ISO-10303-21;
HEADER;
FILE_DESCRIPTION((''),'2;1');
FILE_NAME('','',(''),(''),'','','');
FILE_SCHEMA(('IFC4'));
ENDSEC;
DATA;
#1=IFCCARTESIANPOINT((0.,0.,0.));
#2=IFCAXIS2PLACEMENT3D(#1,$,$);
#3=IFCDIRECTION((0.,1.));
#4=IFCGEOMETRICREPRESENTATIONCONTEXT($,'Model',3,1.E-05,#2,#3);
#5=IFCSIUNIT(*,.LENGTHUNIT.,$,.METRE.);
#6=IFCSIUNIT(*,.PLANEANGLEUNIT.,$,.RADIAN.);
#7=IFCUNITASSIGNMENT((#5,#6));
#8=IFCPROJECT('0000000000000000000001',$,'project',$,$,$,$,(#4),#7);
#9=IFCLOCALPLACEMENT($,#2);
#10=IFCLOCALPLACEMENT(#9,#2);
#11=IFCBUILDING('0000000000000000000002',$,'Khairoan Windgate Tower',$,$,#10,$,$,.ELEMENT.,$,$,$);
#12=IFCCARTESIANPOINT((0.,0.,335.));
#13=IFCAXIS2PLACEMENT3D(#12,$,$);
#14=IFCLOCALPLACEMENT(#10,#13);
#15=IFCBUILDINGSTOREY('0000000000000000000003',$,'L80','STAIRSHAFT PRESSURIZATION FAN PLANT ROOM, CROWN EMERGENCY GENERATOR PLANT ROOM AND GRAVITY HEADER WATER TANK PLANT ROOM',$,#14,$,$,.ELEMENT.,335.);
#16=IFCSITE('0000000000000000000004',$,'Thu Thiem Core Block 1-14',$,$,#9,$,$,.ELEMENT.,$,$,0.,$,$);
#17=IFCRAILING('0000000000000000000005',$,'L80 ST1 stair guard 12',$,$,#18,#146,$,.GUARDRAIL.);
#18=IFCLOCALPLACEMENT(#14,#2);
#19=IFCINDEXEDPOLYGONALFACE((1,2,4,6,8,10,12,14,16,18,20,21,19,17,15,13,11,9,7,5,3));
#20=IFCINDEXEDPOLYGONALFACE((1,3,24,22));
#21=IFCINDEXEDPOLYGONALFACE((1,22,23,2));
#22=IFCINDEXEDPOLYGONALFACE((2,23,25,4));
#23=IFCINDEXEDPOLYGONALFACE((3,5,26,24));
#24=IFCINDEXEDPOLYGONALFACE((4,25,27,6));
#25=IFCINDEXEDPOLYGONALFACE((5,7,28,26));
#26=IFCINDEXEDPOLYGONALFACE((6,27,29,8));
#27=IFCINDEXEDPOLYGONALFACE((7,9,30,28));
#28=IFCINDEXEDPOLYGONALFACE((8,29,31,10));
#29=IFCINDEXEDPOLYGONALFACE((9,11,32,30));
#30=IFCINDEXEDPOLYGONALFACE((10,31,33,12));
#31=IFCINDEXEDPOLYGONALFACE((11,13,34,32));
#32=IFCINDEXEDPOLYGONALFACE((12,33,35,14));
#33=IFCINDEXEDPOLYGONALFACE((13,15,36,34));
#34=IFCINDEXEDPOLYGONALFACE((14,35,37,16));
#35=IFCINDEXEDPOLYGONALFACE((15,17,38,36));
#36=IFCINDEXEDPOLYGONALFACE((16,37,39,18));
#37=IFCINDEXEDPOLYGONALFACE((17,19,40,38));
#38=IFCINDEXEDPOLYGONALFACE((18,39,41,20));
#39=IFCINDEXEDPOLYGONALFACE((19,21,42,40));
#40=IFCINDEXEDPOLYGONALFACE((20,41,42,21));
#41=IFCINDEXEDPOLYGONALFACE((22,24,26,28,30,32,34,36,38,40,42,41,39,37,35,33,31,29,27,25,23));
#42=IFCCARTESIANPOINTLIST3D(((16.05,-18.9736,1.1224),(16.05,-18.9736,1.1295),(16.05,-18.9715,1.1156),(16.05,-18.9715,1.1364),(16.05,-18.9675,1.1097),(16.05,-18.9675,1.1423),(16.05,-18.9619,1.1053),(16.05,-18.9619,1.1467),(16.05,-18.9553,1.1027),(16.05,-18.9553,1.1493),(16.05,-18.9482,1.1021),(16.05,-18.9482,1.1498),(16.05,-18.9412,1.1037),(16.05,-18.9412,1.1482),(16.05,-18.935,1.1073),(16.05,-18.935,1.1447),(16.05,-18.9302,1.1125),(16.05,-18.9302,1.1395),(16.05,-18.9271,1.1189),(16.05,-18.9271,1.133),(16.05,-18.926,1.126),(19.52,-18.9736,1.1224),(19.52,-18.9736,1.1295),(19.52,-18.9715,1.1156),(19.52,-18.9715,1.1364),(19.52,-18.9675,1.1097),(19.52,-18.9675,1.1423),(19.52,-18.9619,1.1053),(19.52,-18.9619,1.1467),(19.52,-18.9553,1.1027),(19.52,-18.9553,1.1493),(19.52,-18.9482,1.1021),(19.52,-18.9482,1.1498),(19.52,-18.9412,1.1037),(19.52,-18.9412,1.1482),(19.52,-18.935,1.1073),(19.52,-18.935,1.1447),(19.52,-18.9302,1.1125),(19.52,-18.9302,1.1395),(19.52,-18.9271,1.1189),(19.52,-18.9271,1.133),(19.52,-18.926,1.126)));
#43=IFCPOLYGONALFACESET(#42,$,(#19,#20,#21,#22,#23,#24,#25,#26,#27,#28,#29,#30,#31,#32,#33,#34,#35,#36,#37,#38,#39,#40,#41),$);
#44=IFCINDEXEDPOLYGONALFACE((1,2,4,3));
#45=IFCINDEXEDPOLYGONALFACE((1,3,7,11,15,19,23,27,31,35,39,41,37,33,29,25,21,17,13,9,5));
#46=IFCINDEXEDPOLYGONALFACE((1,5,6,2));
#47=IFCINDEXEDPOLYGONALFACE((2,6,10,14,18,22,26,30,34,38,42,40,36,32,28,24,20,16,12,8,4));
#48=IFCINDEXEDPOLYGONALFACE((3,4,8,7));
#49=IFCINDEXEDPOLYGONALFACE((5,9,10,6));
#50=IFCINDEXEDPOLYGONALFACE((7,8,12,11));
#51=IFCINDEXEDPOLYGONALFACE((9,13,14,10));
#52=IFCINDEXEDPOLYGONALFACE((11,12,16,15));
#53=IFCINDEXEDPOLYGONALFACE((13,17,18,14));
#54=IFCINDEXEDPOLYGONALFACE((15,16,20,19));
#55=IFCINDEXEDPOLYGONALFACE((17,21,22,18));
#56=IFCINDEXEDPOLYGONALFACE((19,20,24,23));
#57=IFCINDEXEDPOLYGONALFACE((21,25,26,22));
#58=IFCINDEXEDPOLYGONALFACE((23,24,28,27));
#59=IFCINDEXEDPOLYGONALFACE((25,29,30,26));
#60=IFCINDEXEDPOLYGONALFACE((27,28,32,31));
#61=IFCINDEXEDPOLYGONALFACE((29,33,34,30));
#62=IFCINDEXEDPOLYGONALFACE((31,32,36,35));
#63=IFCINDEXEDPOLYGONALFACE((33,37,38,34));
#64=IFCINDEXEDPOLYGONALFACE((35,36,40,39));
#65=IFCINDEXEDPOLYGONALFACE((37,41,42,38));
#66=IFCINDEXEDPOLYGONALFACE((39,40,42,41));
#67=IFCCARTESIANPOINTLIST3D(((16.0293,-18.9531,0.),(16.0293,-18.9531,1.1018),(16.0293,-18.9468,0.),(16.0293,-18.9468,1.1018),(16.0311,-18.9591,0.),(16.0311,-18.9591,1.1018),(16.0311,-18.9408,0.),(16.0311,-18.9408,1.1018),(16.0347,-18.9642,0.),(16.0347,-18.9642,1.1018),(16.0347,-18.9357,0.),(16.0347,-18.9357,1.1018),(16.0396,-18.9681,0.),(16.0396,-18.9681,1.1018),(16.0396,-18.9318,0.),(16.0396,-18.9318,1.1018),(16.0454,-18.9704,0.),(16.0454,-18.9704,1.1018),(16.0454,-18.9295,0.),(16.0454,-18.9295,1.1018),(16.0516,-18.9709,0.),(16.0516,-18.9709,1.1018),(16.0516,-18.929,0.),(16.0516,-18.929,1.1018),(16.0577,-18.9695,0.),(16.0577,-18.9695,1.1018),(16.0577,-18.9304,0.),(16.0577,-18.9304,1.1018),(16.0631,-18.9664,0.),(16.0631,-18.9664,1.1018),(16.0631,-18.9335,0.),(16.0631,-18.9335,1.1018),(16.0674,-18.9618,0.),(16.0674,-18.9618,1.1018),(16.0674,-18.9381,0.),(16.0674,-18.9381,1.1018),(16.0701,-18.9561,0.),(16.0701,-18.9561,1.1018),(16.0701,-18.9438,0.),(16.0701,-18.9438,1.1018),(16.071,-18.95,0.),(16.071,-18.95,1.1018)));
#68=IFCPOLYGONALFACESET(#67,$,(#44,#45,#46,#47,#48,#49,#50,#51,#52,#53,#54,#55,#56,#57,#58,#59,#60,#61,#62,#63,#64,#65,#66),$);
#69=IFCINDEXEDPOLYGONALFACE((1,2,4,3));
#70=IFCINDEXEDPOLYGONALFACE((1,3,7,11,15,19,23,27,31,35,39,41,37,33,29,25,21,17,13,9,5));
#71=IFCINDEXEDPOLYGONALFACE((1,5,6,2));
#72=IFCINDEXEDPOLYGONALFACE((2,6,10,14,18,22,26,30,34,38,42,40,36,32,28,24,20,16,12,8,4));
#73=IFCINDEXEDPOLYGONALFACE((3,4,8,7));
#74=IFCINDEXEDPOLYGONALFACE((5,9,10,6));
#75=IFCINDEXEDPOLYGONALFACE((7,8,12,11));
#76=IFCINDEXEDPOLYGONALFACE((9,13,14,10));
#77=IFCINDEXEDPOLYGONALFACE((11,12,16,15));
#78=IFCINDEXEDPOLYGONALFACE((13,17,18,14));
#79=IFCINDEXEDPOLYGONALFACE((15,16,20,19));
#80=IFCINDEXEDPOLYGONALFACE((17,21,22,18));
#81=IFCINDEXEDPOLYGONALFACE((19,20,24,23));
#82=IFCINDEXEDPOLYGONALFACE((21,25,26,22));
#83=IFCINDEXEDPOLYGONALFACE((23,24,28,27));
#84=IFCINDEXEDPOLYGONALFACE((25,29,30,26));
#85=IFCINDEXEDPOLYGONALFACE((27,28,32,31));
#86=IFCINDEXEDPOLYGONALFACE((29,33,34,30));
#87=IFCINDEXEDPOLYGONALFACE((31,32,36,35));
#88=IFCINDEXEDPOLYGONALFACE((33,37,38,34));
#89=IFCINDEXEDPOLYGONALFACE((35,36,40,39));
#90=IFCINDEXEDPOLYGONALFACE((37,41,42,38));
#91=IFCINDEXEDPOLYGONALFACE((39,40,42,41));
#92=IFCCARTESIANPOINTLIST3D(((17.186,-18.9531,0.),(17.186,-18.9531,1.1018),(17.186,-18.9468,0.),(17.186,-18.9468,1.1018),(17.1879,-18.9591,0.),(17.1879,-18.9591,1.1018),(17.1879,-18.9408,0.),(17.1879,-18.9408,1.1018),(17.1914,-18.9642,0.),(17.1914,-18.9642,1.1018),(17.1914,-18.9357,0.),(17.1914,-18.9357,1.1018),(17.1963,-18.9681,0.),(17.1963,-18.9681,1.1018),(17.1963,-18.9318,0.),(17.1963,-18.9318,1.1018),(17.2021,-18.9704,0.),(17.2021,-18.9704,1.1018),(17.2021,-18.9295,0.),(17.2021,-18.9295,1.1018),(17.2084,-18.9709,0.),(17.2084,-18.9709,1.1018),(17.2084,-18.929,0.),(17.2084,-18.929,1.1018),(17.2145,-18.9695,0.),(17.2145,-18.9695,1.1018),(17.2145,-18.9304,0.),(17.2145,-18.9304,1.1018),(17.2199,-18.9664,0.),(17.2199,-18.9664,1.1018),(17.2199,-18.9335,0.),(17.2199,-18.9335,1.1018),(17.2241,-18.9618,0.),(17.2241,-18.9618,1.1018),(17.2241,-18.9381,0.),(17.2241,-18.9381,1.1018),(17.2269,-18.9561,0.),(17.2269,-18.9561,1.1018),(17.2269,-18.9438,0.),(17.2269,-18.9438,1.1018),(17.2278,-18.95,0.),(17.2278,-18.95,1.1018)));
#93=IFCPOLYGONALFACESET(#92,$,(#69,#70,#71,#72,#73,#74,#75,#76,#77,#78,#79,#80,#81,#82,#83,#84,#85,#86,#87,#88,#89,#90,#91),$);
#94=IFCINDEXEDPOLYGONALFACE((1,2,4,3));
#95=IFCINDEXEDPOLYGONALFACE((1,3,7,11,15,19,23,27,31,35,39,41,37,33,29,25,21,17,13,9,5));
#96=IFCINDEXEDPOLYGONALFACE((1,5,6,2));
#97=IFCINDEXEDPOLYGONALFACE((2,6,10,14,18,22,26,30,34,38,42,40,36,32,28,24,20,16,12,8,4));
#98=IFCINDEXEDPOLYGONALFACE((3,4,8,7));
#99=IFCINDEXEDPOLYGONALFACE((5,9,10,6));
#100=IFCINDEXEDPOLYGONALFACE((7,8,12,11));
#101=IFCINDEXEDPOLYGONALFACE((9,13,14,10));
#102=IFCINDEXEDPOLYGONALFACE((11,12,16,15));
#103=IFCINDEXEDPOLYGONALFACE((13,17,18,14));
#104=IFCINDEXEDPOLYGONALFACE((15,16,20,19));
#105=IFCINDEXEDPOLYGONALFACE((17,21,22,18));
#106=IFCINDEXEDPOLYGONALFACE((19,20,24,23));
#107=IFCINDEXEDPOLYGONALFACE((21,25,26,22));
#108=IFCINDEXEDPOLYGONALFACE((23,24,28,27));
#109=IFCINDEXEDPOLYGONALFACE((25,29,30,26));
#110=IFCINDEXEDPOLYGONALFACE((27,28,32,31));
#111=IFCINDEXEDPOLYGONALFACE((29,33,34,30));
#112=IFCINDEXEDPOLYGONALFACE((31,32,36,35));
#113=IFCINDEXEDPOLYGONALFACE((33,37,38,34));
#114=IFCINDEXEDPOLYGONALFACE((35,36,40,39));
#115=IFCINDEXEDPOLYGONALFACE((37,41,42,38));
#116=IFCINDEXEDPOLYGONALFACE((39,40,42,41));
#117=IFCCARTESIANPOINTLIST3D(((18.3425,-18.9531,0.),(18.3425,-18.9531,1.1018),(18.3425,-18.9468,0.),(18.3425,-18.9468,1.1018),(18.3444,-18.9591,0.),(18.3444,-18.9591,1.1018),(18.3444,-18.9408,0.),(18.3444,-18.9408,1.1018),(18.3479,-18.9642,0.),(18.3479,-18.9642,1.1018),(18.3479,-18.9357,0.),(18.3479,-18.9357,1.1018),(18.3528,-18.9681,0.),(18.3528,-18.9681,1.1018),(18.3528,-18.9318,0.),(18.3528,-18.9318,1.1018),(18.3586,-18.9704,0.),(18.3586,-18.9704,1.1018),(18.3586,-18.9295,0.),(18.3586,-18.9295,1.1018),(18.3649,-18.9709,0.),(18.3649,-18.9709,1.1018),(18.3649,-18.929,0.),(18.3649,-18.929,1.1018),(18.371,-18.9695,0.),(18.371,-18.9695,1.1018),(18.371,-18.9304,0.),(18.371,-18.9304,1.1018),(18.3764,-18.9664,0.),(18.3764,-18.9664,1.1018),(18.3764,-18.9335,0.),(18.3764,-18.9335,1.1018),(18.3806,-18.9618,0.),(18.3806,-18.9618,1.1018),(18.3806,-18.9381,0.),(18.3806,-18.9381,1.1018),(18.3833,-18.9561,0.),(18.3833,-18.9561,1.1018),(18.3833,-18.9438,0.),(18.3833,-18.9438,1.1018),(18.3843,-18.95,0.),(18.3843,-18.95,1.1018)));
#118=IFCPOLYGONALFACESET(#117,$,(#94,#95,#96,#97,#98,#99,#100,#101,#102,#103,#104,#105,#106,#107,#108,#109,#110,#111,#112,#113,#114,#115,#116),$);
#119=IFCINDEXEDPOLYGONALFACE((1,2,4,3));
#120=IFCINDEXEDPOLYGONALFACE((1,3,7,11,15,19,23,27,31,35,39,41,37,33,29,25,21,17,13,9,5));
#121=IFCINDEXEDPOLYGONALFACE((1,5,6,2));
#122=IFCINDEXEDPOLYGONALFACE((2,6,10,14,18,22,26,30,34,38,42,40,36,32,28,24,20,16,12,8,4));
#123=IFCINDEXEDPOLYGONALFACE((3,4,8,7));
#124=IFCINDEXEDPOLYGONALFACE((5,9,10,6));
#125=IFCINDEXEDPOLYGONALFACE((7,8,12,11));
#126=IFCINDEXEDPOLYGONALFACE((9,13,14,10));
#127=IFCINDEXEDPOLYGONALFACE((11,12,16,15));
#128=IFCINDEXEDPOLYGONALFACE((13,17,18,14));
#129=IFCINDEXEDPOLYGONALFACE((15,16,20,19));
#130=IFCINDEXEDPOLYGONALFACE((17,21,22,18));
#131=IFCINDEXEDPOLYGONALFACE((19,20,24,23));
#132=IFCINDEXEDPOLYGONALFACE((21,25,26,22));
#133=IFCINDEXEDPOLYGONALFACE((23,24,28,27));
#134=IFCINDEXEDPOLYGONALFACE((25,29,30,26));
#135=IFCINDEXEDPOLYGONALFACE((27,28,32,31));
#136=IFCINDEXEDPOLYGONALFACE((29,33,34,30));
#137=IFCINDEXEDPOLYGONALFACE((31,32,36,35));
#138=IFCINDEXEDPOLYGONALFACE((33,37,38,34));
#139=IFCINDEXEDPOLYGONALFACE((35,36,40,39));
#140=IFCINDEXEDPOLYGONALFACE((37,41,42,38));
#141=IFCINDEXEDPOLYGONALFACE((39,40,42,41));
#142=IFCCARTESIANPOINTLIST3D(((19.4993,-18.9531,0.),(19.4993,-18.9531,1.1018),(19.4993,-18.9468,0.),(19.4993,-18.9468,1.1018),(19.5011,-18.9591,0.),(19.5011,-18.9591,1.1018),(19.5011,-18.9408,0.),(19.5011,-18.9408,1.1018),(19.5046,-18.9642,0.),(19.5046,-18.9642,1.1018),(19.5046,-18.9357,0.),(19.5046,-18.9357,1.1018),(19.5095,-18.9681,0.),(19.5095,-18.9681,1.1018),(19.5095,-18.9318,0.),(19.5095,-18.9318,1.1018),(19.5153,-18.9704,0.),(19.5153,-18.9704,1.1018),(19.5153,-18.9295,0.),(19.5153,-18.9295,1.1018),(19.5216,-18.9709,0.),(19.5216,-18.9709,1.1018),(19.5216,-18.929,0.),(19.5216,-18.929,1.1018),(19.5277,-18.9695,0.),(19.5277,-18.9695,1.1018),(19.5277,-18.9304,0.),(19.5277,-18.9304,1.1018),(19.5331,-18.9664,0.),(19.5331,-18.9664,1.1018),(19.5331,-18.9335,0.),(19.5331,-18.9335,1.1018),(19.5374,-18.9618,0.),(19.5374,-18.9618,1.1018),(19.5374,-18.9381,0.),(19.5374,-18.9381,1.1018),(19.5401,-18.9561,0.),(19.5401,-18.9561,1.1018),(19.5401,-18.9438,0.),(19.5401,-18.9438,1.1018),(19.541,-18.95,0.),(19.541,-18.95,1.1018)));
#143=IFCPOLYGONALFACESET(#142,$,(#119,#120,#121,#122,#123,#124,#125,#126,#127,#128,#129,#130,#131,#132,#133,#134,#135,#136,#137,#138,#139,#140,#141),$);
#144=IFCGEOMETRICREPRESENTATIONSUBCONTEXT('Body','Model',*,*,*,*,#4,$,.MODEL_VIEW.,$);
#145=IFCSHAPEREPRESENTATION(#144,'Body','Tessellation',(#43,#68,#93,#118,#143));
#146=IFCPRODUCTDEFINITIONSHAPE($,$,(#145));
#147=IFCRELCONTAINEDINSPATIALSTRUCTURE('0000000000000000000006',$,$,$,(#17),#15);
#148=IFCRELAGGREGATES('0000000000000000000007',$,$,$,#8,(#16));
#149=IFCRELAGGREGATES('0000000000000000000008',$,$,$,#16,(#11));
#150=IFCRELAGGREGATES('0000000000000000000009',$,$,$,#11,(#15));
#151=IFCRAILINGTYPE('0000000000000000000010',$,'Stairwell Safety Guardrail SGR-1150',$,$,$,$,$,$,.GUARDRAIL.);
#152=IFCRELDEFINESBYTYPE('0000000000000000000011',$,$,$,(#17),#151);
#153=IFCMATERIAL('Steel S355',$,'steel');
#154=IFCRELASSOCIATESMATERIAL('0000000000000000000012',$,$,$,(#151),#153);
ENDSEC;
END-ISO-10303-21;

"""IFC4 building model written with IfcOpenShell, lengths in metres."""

from ifc_helpers import new_model, si_unit, direction, frame, origin, origin_2d, place, context, subcontext, project, spatial, circle, extrude, material, type_object, element, save


model = new_model("IFC4")

# Units and contexts
model_context = context("Model", 3, precision=1e-05, world=origin(), true_north=direction((0.0, 1.0)))
body_context = subcontext(model_context, "Body", "Model", "MODEL_VIEW")
ifc_project = project(units=[si_unit("LENGTHUNIT", "METRE"), si_unit("PLANEANGLEUNIT", "RADIAN")], contexts=[model_context])

# Site, building, storey
site_placement = place(None, origin())
site = spatial("IfcSite", under=ifc_project, at=site_placement, Name="Thu Thiem Core Block 1-14", CompositionType="ELEMENT", RefElevation=0.0)
building_placement = place(site_placement, origin())
building = spatial("IfcBuilding", under=site, at=building_placement, Name="Khairoan Windgate Tower", CompositionType="ELEMENT")
storey_placement = place(building_placement, frame((0.0, 0.0, 335.0)))
storey = spatial("IfcBuildingStorey", under=building, at=storey_placement, Name="L80", Description="STAIRSHAFT PRESSURIZATION FAN PLANT ROOM, CROWN EMERGENCY GENERATOR PLANT ROOM AND GRAVITY HEADER WATER TANK PLANT ROOM", CompositionType="ELEMENT", Elevation=335.0)

# Railing
ifc_material_1 = material(Name="Steel S355", Category="steel")
railing_type_1 = type_object("IfcRailingType", Name="Stairwell Safety Guardrail SGR-1150", PredefinedType="GUARDRAIL", material=ifc_material_1)
railing_1_placement = place(storey_placement, frame((16.05, -18.95, 0.0)))
element("IfcRailing", 1, at=railing_1_placement, inside=storey, type_object=railing_type_1, Name="L80 ST1 stair guard 12", PredefinedType="GUARDRAIL", context=body_context, shape_type="SweptSolid", body=[
    extrude(circle(Radius=0.0239, at=origin_2d()), frame((0.0, 0.0, 1.126), z_axis=(1.0, 0.0, 0.0), x_axis=(0.0, 1.0, 0.0)), (0.0, 0.0, 1.0), 3.47),
    extrude(circle(Radius=0.021, at=origin_2d()), origin(), (0.0, 0.0, 1.0), 1.1018),
    extrude(circle(Radius=0.021, at=origin_2d()), frame((1.1567, 0.0, 0.0)), (0.0, 0.0, 1.0), 1.1018),
    extrude(circle(Radius=0.021, at=origin_2d()), frame((2.3132, 0.0, 0.0)), (0.0, 0.0, 1.0), 1.1018),
    extrude(circle(Radius=0.021, at=origin_2d()), frame((3.47, 0.0, 0.0)), (0.0, 0.0, 1.0), 1.1018),
])

save(model, "model.ifc")
